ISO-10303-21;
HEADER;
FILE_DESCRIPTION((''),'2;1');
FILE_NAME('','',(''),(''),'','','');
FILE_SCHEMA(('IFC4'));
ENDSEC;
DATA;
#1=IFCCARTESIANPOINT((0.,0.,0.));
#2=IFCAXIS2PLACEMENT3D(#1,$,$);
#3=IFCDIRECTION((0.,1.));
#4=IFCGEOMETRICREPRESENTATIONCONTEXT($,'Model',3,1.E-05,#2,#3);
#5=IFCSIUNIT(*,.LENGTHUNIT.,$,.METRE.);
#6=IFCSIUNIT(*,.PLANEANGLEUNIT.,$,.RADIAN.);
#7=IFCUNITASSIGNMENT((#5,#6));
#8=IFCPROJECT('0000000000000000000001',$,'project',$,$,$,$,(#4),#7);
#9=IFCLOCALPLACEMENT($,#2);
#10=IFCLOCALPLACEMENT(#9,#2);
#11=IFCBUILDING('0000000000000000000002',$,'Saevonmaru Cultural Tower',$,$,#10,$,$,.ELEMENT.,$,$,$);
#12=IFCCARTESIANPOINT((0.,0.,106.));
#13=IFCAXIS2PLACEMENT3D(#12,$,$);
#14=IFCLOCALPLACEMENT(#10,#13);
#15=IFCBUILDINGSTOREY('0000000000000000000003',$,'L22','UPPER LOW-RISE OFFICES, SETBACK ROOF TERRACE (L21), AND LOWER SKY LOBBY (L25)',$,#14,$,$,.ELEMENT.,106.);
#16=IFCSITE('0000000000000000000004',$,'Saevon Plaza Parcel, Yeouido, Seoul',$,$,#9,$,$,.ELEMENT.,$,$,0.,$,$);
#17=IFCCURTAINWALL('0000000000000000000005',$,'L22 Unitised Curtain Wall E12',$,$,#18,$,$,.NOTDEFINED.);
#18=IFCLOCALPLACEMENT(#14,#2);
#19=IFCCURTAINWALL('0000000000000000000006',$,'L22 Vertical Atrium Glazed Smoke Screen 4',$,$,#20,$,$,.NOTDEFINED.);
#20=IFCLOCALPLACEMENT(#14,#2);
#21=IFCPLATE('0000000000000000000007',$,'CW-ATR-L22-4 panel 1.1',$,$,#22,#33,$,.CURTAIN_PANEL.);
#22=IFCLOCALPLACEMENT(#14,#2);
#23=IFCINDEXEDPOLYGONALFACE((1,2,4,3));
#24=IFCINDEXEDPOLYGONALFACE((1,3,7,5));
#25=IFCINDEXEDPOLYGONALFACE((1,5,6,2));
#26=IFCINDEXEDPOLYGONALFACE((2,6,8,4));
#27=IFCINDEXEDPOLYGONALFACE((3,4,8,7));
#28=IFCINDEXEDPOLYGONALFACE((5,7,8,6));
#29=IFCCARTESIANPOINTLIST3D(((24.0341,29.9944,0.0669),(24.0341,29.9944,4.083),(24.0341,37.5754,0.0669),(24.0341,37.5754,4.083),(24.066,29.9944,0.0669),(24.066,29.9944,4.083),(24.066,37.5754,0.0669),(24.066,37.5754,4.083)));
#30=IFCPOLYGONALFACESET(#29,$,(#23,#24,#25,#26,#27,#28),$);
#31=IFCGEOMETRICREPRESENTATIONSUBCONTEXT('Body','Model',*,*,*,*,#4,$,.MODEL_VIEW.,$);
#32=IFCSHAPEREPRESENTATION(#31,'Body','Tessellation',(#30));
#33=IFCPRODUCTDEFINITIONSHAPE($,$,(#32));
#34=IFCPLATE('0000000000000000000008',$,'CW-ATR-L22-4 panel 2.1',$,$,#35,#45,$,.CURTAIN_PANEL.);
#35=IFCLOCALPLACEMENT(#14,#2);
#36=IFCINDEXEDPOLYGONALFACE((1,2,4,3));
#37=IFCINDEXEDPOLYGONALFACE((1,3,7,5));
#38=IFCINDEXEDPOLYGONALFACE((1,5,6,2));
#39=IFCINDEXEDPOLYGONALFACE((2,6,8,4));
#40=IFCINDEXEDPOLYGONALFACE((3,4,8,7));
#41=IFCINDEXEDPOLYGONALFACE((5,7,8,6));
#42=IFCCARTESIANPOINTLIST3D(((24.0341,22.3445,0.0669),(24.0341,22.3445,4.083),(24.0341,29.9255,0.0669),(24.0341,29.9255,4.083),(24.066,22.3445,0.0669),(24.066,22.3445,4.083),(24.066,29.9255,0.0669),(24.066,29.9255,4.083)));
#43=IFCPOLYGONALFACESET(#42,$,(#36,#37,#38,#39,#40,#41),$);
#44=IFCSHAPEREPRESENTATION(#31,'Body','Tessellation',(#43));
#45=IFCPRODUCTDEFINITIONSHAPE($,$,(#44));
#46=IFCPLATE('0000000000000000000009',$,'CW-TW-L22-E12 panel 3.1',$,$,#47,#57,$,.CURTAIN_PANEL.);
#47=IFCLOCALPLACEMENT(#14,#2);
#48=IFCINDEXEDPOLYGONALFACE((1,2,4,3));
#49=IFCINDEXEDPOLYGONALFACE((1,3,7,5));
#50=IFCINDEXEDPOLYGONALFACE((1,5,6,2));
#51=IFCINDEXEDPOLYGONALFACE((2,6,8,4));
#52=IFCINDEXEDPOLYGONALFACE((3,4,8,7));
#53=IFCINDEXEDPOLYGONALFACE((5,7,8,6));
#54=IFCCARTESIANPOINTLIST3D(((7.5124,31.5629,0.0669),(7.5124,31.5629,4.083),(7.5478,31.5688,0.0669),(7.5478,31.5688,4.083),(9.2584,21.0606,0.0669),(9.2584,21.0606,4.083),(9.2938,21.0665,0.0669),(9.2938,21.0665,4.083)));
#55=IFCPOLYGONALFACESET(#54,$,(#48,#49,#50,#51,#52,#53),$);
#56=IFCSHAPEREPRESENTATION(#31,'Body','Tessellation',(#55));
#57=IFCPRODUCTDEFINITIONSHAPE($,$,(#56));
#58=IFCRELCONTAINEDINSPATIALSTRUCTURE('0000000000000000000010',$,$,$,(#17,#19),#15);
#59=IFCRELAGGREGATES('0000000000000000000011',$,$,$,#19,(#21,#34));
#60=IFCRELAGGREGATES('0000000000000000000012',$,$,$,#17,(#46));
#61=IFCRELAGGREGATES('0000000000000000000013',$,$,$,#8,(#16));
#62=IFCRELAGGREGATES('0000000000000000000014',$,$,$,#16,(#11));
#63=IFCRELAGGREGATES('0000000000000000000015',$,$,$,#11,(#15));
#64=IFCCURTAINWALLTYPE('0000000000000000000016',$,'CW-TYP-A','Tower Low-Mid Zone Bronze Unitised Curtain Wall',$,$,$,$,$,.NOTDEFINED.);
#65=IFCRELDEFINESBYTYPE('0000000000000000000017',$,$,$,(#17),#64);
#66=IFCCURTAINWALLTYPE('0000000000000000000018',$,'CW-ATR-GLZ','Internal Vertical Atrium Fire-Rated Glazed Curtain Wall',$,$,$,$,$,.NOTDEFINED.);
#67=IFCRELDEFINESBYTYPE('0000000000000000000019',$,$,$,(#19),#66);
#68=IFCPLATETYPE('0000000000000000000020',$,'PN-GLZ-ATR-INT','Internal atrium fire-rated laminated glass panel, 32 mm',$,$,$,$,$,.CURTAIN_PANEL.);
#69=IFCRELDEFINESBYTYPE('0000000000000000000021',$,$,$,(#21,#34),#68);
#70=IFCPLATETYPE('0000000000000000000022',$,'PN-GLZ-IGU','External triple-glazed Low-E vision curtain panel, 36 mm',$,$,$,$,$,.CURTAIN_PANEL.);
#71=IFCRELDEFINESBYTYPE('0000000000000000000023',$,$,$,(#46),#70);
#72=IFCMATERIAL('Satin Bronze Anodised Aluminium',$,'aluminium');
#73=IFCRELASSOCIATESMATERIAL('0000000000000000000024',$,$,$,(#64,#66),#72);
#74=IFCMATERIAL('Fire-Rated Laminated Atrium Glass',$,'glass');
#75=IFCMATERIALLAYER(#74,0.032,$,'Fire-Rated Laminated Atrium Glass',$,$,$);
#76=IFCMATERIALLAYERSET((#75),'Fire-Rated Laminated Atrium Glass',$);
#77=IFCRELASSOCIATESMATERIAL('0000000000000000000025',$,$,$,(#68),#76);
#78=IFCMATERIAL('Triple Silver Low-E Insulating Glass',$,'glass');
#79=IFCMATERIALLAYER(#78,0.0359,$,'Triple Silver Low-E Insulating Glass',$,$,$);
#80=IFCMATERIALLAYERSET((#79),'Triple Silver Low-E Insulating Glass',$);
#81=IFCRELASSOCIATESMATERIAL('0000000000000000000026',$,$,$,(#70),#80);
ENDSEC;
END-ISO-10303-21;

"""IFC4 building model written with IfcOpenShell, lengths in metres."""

from ifc_helpers import new_model, si_unit, direction, frame, origin, origin_2d, place, context, subcontext, project, spatial, rectangle, extrude, material, layer, layer_set, type_object, element, aggregate, save


model = new_model("IFC4")

# Units and contexts
model_context = context("Model", 3, precision=1e-05, world=origin(), true_north=direction((0.0, 1.0)))
body_context = subcontext(model_context, "Body", "Model", "MODEL_VIEW")
ifc_project = project(units=[si_unit("LENGTHUNIT", "METRE"), si_unit("PLANEANGLEUNIT", "RADIAN")], contexts=[model_context])

# Site, building, storey
site_placement = place(None, origin())
site = spatial("IfcSite", under=ifc_project, at=site_placement, Name="Saevon Plaza Parcel, Yeouido, Seoul", CompositionType="ELEMENT", RefElevation=0.0)
building_placement = place(site_placement, origin())
building = spatial("IfcBuilding", under=site, at=building_placement, Name="Saevonmaru Cultural Tower", CompositionType="ELEMENT")
storey_placement = place(building_placement, frame((0.0, 0.0, 106.0)))
storey = spatial("IfcBuildingStorey", under=building, at=storey_placement, Name="L22", Description="UPPER LOW-RISE OFFICES, SETBACK ROOF TERRACE (L21), AND LOWER SKY LOBBY (L25)", CompositionType="ELEMENT", Elevation=106.0)

# Curtain wall
ifc_material_1 = material(Name="Satin Bronze Anodised Aluminium", Category="aluminium")
curtain_wall_type_1 = type_object("IfcCurtainWallType", Name="CW-TYP-A", Description="Tower Low-Mid Zone Bronze Unitised Curtain Wall", PredefinedType="NOTDEFINED", material=ifc_material_1)
curtain_wall_1_placement = place(storey_placement, origin())
curtain_wall_1 = element("IfcCurtainWall", 1, at=curtain_wall_1_placement, inside=storey, type_object=curtain_wall_type_1, Name="L22 Unitised Curtain Wall E12", PredefinedType="NOTDEFINED")

# Curtain wall
curtain_wall_type_2 = type_object("IfcCurtainWallType", Name="CW-ATR-GLZ", Description="Internal Vertical Atrium Fire-Rated Glazed Curtain Wall", PredefinedType="NOTDEFINED", material=ifc_material_1)
curtain_wall_2_placement = place(storey_placement, origin())
curtain_wall_2 = element("IfcCurtainWall", 2, at=curtain_wall_2_placement, inside=storey, type_object=curtain_wall_type_2, Name="L22 Vertical Atrium Glazed Smoke Screen 4", PredefinedType="NOTDEFINED")

# Plates
ifc_material_2 = material(Name="Fire-Rated Laminated Atrium Glass", Category="glass")
ifc_layer_1 = layer(ifc_material_2, 0.032, Name="Fire-Rated Laminated Atrium Glass")
ifc_layer_set_1 = layer_set([ifc_layer_1], Name="Fire-Rated Laminated Atrium Glass")
plate_type_1 = type_object("IfcPlateType", Name="PN-GLZ-ATR-INT", Description="Internal atrium fire-rated laminated glass panel, 32 mm", PredefinedType="CURTAIN_PANEL", material=ifc_layer_set_1)
plate_1_placement = place(storey_placement, frame((24.05, 33.7849, 0.0669), z_axis=(0.0, 0.0, 1.0), x_axis=(0.0, -1.0, 0.0)))
plate_1 = element("IfcPlate", 3, at=plate_1_placement, type_object=plate_type_1, Name="CW-ATR-L22-4 panel 1.1", PredefinedType="CURTAIN_PANEL", context=body_context, shape_type="SweptSolid", body=[
    extrude(rectangle(XDim=7.5811, YDim=0.032, at=origin_2d()), origin(), (0.0, 0.0, 1.0), 4.0161),
])
plate_2_placement = place(storey_placement, frame((24.05, 26.135, 0.0669), z_axis=(0.0, 0.0, 1.0), x_axis=(0.0, -1.0, 0.0)))
plate_2 = element("IfcPlate", 4, at=plate_2_placement, type_object=plate_type_1, Name="CW-ATR-L22-4 panel 2.1", PredefinedType="CURTAIN_PANEL", context=body_context, shape_type="SweptSolid", body=[
    extrude(rectangle(XDim=7.5811, YDim=0.032, at=origin_2d()), origin(), (0.0, 0.0, 1.0), 4.0161),
])
aggregate(curtain_wall_2, [plate_1, plate_2])
ifc_material_3 = material(Name="Triple Silver Low-E Insulating Glass", Category="glass")
ifc_layer_2 = layer(ifc_material_3, 0.0359, Name="Triple Silver Low-E Insulating Glass")
ifc_layer_set_2 = layer_set([ifc_layer_2], Name="Triple Silver Low-E Insulating Glass")
plate_type_2 = type_object("IfcPlateType", Name="PN-GLZ-IGU", Description="External triple-glazed Low-E vision curtain panel, 36 mm", PredefinedType="CURTAIN_PANEL", material=ifc_layer_set_2)
plate_3_placement = place(storey_placement, frame((8.4031, 26.3147, 0.0669), z_axis=(0.0, 0.0, 1.0), x_axis=(0.163999, -0.986461, 0.0)))
plate_3 = element("IfcPlate", 5, at=plate_3_placement, type_object=plate_type_2, Name="CW-TW-L22-E12 panel 3.1", PredefinedType="CURTAIN_PANEL", context=body_context, shape_type="SweptSolid", body=[
    extrude(rectangle(XDim=10.6465, YDim=0.0359, at=origin_2d()), origin(), (0.0, 0.0, 1.0), 4.0161),
])
aggregate(curtain_wall_1, [plate_3])

save(model, "model.ifc")
